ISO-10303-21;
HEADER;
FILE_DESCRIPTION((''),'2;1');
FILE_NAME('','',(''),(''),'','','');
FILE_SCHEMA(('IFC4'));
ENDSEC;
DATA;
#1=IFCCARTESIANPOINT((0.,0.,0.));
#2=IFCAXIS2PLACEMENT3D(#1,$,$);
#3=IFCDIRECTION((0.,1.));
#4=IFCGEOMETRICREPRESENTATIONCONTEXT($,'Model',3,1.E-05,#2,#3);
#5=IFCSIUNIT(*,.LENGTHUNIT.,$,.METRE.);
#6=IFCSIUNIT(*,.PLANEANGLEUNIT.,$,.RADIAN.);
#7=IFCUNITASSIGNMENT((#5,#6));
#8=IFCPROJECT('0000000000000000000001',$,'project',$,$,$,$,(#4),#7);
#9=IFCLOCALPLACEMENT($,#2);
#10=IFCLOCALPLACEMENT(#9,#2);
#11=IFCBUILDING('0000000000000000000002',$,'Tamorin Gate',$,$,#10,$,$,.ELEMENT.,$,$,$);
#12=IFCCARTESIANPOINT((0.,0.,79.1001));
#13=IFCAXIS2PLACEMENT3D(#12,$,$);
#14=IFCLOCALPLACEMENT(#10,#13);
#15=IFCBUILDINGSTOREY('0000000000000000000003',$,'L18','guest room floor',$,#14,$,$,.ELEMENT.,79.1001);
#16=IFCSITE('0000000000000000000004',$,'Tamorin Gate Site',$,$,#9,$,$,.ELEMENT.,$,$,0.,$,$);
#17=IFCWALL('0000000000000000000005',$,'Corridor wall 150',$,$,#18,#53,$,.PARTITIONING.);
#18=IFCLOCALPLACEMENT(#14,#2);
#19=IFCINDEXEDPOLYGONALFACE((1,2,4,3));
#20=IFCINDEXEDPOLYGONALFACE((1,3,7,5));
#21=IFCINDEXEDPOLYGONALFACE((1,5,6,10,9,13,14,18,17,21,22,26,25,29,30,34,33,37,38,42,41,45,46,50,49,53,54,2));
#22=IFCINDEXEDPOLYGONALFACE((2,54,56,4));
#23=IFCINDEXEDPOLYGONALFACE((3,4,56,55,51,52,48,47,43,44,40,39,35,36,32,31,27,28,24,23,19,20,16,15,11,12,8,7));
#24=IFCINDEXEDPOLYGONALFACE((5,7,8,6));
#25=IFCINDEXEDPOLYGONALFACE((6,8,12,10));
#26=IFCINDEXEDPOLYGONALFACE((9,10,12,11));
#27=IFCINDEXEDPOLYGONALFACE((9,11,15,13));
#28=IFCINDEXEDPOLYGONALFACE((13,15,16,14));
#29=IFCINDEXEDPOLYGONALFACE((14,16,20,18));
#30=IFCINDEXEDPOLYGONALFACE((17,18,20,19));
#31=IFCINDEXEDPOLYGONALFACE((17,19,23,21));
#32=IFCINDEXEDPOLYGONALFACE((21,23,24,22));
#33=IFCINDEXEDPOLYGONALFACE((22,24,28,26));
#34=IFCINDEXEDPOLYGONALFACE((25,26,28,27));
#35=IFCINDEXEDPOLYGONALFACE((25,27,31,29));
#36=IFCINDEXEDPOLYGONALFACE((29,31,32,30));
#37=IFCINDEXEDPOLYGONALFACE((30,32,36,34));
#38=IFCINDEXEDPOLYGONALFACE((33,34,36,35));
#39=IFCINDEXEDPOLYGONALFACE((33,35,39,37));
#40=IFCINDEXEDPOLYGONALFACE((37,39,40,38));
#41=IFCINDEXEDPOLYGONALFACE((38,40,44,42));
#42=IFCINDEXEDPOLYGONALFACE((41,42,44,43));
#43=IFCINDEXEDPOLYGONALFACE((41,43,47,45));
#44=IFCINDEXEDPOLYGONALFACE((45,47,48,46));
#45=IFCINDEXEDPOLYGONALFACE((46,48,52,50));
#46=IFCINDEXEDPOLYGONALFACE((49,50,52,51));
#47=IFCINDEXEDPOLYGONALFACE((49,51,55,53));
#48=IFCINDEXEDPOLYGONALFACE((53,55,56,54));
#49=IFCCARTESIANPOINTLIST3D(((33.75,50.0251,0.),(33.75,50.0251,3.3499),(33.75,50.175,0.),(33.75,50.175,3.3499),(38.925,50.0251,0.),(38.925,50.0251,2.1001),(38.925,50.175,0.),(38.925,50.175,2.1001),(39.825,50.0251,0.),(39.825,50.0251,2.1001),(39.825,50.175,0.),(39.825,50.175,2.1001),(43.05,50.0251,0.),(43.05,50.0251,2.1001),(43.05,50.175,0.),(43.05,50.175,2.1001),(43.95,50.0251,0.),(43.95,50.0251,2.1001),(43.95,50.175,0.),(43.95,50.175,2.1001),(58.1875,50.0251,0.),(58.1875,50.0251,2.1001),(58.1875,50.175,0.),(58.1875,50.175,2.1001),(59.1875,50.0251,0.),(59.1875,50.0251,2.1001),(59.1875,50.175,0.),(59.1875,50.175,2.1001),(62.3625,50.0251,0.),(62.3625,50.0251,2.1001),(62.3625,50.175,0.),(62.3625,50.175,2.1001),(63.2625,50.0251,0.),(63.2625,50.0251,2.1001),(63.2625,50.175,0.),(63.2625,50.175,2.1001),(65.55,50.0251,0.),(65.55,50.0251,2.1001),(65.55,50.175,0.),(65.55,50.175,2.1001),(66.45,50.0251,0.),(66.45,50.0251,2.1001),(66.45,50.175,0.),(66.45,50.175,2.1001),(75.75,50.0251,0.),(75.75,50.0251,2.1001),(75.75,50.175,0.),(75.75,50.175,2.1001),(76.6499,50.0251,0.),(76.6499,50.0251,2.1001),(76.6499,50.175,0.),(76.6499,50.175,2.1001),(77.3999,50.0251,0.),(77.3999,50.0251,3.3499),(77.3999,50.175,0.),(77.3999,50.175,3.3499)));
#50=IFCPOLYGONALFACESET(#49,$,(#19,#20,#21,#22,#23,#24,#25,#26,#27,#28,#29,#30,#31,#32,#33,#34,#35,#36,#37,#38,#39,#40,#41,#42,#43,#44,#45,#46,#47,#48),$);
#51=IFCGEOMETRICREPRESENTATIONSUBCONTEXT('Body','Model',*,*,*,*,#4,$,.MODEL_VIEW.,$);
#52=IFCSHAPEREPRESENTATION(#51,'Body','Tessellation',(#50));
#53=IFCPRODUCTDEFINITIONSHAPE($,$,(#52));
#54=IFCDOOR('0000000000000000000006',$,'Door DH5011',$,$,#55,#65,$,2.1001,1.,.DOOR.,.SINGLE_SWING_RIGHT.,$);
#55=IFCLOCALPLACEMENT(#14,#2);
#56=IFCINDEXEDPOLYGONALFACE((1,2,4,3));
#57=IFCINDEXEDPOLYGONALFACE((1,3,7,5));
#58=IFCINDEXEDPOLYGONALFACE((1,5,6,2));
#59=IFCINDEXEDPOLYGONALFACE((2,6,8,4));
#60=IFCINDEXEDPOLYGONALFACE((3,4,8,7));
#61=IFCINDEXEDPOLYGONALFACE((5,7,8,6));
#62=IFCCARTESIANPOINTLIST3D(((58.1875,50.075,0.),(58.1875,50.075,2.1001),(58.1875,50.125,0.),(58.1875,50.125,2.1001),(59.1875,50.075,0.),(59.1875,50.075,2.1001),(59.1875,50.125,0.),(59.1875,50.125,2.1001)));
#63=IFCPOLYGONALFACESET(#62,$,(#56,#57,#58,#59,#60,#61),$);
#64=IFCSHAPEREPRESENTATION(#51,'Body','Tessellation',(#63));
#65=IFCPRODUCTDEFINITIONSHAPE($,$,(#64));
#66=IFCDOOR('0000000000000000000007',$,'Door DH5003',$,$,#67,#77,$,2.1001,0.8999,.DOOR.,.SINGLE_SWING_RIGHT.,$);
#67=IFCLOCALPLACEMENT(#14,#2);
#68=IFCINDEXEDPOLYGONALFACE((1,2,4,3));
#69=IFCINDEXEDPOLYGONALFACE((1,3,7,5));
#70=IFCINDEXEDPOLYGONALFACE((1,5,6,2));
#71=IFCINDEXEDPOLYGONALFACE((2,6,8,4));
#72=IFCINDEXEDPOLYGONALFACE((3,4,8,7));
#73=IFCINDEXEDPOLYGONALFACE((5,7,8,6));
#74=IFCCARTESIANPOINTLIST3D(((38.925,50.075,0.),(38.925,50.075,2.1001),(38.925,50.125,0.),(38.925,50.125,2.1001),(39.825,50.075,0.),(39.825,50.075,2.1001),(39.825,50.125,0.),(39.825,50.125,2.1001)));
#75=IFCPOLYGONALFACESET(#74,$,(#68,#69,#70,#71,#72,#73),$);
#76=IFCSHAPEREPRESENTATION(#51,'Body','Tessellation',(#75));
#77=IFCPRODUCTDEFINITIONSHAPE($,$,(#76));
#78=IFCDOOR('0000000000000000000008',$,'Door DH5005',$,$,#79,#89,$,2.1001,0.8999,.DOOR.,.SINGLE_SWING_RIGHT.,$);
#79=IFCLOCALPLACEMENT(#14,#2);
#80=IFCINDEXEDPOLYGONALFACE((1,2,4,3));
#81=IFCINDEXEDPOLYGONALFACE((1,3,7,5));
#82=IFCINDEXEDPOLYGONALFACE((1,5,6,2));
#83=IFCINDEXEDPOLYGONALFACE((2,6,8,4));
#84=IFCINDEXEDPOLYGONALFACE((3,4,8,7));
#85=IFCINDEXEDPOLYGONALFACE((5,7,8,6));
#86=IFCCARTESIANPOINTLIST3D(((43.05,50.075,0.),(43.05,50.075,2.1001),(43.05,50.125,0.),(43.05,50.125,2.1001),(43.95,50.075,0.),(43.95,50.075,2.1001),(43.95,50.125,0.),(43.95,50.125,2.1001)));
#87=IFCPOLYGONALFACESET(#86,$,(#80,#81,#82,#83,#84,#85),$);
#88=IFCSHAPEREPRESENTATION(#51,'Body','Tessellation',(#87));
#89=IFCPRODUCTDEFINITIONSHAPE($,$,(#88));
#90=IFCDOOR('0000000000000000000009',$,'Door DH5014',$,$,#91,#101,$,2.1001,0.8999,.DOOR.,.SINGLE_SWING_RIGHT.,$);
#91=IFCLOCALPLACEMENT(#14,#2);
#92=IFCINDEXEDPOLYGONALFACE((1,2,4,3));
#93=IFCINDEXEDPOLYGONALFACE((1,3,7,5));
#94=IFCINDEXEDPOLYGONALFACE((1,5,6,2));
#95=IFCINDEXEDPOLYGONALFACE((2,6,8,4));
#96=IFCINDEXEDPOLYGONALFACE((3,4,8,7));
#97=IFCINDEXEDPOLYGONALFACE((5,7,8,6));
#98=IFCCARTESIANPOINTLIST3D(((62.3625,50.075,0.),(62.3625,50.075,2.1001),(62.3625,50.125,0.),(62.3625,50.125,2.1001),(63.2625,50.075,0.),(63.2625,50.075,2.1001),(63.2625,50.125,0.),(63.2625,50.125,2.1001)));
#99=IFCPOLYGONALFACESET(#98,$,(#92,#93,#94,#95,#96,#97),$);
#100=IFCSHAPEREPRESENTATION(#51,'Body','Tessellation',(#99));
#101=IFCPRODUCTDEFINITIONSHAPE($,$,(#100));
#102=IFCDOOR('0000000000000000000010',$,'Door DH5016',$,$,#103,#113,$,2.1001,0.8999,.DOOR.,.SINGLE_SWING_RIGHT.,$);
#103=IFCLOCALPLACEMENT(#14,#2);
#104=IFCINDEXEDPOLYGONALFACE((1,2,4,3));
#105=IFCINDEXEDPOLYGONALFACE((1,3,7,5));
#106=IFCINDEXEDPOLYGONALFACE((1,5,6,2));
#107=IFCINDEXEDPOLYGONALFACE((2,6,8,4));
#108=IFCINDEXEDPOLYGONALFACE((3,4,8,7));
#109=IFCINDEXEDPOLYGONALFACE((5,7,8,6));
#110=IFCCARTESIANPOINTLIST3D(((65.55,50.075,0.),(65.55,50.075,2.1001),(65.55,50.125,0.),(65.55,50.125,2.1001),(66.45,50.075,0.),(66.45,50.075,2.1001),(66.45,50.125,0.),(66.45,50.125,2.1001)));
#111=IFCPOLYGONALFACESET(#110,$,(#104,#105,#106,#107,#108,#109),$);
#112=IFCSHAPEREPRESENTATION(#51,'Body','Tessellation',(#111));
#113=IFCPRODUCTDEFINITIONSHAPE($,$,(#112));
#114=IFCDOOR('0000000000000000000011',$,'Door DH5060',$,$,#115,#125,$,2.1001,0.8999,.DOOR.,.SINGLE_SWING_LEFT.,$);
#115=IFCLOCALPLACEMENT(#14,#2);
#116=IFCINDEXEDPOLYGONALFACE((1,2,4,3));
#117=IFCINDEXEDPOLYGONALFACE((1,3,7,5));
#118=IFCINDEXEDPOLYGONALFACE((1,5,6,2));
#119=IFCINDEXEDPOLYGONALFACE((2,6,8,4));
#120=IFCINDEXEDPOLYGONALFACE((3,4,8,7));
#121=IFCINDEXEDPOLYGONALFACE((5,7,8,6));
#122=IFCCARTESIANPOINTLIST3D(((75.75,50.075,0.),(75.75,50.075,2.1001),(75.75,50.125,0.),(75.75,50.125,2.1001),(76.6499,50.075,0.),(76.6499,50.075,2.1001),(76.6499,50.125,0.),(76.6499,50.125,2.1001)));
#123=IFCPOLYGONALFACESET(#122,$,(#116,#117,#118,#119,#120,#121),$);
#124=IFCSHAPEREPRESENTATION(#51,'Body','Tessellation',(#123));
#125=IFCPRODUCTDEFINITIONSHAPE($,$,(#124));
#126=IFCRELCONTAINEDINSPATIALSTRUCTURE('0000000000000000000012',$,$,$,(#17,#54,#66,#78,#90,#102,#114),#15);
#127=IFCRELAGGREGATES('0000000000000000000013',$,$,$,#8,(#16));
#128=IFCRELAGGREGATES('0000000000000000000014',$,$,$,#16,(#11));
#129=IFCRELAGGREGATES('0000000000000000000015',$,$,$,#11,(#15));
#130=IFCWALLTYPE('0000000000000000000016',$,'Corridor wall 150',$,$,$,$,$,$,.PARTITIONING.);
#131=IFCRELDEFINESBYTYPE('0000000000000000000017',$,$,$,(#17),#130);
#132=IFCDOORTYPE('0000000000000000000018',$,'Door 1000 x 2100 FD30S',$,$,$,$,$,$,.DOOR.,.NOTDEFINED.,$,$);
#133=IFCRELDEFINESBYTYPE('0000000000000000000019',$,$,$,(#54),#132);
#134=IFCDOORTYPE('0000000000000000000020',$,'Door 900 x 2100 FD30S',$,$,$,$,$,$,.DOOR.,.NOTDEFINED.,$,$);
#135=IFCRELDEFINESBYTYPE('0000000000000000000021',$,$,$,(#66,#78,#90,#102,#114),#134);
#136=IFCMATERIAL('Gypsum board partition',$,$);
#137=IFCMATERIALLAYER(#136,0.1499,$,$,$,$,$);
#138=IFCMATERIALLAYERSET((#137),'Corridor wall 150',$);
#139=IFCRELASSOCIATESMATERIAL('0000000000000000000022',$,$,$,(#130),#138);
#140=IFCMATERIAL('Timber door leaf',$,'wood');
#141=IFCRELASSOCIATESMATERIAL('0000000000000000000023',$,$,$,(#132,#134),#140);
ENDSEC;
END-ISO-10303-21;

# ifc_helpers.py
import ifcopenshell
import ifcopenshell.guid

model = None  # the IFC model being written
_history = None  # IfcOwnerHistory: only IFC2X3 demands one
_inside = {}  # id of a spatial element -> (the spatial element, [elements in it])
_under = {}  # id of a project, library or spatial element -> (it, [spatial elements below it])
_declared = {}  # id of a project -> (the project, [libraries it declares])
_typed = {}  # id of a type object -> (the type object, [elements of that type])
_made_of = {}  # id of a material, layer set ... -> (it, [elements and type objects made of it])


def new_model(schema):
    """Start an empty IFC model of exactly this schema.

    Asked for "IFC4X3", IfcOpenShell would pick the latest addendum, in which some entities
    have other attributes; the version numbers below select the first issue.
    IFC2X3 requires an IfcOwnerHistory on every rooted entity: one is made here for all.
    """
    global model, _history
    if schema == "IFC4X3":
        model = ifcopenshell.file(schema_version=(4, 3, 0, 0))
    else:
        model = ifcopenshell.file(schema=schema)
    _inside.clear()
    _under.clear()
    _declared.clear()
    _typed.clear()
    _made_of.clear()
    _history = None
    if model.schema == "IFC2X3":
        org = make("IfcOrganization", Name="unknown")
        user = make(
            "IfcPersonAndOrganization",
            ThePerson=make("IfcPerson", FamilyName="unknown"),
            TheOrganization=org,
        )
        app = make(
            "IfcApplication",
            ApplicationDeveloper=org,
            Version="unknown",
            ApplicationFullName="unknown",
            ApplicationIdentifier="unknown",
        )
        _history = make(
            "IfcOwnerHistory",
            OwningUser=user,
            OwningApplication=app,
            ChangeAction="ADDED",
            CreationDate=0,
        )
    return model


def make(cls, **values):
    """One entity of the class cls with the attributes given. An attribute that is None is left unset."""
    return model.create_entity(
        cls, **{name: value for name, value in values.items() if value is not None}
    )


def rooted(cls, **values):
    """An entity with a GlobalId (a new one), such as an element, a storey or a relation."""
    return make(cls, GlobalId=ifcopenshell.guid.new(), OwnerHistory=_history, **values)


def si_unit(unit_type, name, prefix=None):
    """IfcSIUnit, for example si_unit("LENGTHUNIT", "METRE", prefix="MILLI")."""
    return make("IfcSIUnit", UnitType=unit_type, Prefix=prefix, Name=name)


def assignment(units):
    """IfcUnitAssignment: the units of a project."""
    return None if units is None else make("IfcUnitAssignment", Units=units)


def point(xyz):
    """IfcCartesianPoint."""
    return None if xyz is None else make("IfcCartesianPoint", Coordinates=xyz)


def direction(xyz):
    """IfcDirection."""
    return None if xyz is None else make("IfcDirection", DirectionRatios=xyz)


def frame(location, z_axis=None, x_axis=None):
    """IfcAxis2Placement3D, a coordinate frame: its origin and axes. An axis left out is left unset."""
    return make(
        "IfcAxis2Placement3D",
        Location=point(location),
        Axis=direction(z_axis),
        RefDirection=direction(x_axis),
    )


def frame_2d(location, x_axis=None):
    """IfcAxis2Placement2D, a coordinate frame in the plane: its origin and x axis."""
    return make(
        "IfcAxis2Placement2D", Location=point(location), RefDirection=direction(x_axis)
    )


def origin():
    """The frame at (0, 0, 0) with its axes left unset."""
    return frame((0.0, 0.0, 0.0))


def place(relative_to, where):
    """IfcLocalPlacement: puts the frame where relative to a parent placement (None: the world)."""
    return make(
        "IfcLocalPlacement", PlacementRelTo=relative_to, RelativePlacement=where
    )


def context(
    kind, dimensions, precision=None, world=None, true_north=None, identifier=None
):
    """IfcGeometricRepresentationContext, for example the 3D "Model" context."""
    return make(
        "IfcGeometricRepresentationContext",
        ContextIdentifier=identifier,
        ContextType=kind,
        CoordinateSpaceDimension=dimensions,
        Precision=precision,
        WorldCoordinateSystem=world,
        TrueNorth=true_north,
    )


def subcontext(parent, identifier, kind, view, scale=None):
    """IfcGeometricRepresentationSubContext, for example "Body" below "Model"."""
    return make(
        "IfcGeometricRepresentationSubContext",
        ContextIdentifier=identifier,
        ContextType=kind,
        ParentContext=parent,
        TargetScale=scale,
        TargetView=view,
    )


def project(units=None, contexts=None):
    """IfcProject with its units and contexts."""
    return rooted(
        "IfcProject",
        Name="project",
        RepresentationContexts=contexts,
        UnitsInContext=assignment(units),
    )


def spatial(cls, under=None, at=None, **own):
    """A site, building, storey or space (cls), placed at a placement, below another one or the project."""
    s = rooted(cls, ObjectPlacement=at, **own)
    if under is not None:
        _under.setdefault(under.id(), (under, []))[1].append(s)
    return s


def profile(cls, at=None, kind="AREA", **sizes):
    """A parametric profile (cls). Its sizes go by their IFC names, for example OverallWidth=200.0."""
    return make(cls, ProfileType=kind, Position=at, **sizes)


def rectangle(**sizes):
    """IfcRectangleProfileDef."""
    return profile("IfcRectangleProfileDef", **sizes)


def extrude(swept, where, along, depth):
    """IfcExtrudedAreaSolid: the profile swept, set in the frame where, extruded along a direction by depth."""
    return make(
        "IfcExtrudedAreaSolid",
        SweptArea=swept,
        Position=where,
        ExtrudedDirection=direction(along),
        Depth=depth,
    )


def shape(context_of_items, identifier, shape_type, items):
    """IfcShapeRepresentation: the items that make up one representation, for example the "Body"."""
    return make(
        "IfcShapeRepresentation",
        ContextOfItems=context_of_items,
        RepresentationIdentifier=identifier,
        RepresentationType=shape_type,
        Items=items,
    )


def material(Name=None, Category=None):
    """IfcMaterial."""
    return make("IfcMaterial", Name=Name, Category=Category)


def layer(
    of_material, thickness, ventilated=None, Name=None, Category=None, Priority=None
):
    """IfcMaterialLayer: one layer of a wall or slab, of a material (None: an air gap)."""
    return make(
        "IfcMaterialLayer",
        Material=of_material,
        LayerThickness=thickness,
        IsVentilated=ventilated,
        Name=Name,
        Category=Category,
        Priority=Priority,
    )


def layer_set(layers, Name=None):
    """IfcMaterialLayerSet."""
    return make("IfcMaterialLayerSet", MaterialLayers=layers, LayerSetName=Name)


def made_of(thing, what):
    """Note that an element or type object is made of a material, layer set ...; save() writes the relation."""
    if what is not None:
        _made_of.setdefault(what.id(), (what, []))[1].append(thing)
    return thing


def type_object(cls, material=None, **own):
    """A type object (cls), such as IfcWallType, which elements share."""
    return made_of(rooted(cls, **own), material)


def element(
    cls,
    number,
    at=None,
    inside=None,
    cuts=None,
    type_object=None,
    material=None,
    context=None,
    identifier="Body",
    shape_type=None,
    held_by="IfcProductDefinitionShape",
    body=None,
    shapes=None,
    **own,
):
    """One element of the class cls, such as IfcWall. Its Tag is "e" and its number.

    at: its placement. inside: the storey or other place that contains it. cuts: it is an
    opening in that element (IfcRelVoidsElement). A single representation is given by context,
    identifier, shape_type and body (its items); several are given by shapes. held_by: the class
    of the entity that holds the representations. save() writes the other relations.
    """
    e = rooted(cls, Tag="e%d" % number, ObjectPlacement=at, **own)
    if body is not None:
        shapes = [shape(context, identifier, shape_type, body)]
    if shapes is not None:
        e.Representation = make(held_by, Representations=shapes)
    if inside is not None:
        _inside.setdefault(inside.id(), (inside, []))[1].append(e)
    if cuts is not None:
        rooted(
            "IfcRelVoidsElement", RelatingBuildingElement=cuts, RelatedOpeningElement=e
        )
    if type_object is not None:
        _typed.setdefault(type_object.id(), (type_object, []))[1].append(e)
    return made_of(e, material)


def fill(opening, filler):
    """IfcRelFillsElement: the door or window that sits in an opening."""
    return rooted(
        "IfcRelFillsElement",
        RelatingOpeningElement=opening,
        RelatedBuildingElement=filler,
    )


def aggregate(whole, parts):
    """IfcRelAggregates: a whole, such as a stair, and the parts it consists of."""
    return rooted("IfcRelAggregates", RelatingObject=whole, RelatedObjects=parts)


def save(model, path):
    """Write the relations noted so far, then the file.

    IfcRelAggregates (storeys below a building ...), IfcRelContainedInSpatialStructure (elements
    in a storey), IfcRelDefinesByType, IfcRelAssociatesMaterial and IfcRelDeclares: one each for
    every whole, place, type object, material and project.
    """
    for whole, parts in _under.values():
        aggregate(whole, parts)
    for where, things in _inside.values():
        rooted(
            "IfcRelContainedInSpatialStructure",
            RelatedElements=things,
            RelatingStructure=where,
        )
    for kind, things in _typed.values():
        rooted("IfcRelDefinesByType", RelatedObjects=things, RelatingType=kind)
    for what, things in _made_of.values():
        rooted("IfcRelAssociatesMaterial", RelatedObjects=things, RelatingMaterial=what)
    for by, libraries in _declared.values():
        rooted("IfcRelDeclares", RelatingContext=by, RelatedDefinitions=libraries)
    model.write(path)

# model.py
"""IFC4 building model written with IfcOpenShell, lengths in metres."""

from ifc_helpers import new_model, si_unit, direction, frame, frame_2d, origin, place, context, subcontext, project, spatial, rectangle, extrude, material, layer, layer_set, type_object, element, fill, save


model = new_model("IFC4")

# Units and contexts
model_context = context("Model", 3, precision=1e-05, world=origin(), true_north=direction((0.0, 1.0)))
body_context = subcontext(model_context, "Body", "Model", "MODEL_VIEW")
ifc_project = project(units=[si_unit("LENGTHUNIT", "METRE"), si_unit("PLANEANGLEUNIT", "RADIAN")], contexts=[model_context])

# Site, building, storey
site_placement = place(None, origin())
site = spatial("IfcSite", under=ifc_project, at=site_placement, Name="Tamorin Gate Site", CompositionType="ELEMENT", RefElevation=0.0)
building_placement = place(site_placement, origin())
building = spatial("IfcBuilding", under=site, at=building_placement, Name="Tamorin Gate", CompositionType="ELEMENT")
storey_placement = place(building_placement, frame((0.0, 0.0, 79.1001)))
storey = spatial("IfcBuildingStorey", under=building, at=storey_placement, Name="L18", Description="guest room floor", CompositionType="ELEMENT", Elevation=79.1001)

# Wall, openings, doors
ifc_material_1 = material(Name="Gypsum board partition")
ifc_layer_1 = layer(ifc_material_1, 0.1499)
ifc_layer_set_1 = layer_set([ifc_layer_1], Name="Corridor wall 150")
wall_type_1 = type_object("IfcWallType", Name="Corridor wall 150", PredefinedType="PARTITIONING", material=ifc_layer_set_1)
wall_1_placement = place(storey_placement, frame((33.75, 50.1001, 0.0), z_axis=(0.0, 0.0, 1.0), x_axis=(1.0, 0.0, 0.0)))
wall_1 = element("IfcWall", 1, at=wall_1_placement, inside=storey, type_object=wall_type_1, Name="Corridor wall 150", PredefinedType="PARTITIONING", context=body_context, shape_type="SweptSolid", body=[
    extrude(rectangle(XDim=43.6499, YDim=0.1499, at=frame_2d((21.825, 0.0))), origin(), (0.0, 0.0, 1.0), 3.3499),
])
opening_1_placement = place(wall_1_placement, frame((5.175, 0.0, 0.0)))
opening_1 = element("IfcOpeningElement", 2, at=opening_1_placement, cuts=wall_1, PredefinedType="OPENING", context=body_context, shape_type="SweptSolid", body=[
    extrude(rectangle(XDim=0.8999, YDim=2.1001, at=frame_2d((0.45, 1.05))), frame((0.0, 0.085, 0.0), z_axis=(0.0, -1.0, 0.0), x_axis=(1.0, 0.0, 0.0)), (0.0, 0.0, 1.0), 0.1699),
])
opening_2_placement = place(wall_1_placement, frame((9.3, 0.0, 0.0)))
opening_2 = element("IfcOpeningElement", 3, at=opening_2_placement, cuts=wall_1, PredefinedType="OPENING", context=body_context, shape_type="SweptSolid", body=[
    extrude(rectangle(XDim=0.8999, YDim=2.1001, at=frame_2d((0.45, 1.05))), frame((0.0, 0.085, 0.0), z_axis=(0.0, -1.0, 0.0), x_axis=(1.0, 0.0, 0.0)), (0.0, 0.0, 1.0), 0.1699),
])
opening_3_placement = place(wall_1_placement, frame((24.4375, 0.0, 0.0)))
opening_3 = element("IfcOpeningElement", 4, at=opening_3_placement, cuts=wall_1, PredefinedType="OPENING", context=body_context, shape_type="SweptSolid", body=[
    extrude(rectangle(XDim=1.0, YDim=2.1001, at=frame_2d((0.5, 1.05))), frame((0.0, 0.085, 0.0), z_axis=(0.0, -1.0, 0.0), x_axis=(1.0, 0.0, 0.0)), (0.0, 0.0, 1.0), 0.1699),
])
opening_4_placement = place(wall_1_placement, frame((28.6125, 0.0, 0.0)))
opening_4 = element("IfcOpeningElement", 5, at=opening_4_placement, cuts=wall_1, PredefinedType="OPENING", context=body_context, shape_type="SweptSolid", body=[
    extrude(rectangle(XDim=0.8999, YDim=2.1001, at=frame_2d((0.45, 1.05))), frame((0.0, 0.085, 0.0), z_axis=(0.0, -1.0, 0.0), x_axis=(1.0, 0.0, 0.0)), (0.0, 0.0, 1.0), 0.1699),
])
opening_5_placement = place(wall_1_placement, frame((31.8, 0.0, 0.0)))
opening_5 = element("IfcOpeningElement", 6, at=opening_5_placement, cuts=wall_1, PredefinedType="OPENING", context=body_context, shape_type="SweptSolid", body=[
    extrude(rectangle(XDim=0.8999, YDim=2.1001, at=frame_2d((0.45, 1.05))), frame((0.0, 0.085, 0.0), z_axis=(0.0, -1.0, 0.0), x_axis=(1.0, 0.0, 0.0)), (0.0, 0.0, 1.0), 0.1699),
])
opening_6_placement = place(wall_1_placement, frame((42.0, 0.0, 0.0)))
opening_6 = element("IfcOpeningElement", 7, at=opening_6_placement, cuts=wall_1, PredefinedType="OPENING", context=body_context, shape_type="SweptSolid", body=[
    extrude(rectangle(XDim=0.8999, YDim=2.1001, at=frame_2d((0.45, 1.05))), frame((0.0, 0.085, 0.0), z_axis=(0.0, -1.0, 0.0), x_axis=(1.0, 0.0, 0.0)), (0.0, 0.0, 1.0), 0.1699),
])
ifc_material_2 = material(Name="Timber door leaf", Category="wood")
door_type_1 = type_object("IfcDoorType", Name="Door 1000 x 2100 FD30S", OperationType="NOTDEFINED", PredefinedType="DOOR", material=ifc_material_2)
door_1_placement = place(opening_3_placement, origin())
door_1 = element("IfcDoor", 8, at=door_1_placement, inside=storey, type_object=door_type_1, Name="Door DH5011", OperationType="SINGLE_SWING_RIGHT", OverallHeight=2.1001, OverallWidth=1.0, PredefinedType="DOOR", context=body_context, shape_type="SweptSolid", body=[
    extrude(rectangle(XDim=1.0, YDim=2.1001, at=frame_2d((0.5, 1.05))), frame((0.0, 0.0249, 0.0), z_axis=(0.0, -1.0, 0.0), x_axis=(1.0, 0.0, 0.0)), (0.0, 0.0, 1.0), 0.05),
])
fill(opening_3, door_1)
door_type_2 = type_object("IfcDoorType", Name="Door 900 x 2100 FD30S", OperationType="NOTDEFINED", PredefinedType="DOOR", material=ifc_material_2)
door_2_placement = place(opening_1_placement, origin())
door_2 = element("IfcDoor", 9, at=door_2_placement, inside=storey, type_object=door_type_2, Name="Door DH5003", OperationType="SINGLE_SWING_RIGHT", OverallHeight=2.1001, OverallWidth=0.8999, PredefinedType="DOOR", context=body_context, shape_type="SweptSolid", body=[
    extrude(rectangle(XDim=0.8999, YDim=2.1001, at=frame_2d((0.45, 1.05))), frame((0.0, 0.0249, 0.0), z_axis=(0.0, -1.0, 0.0), x_axis=(1.0, 0.0, 0.0)), (0.0, 0.0, 1.0), 0.05),
])
fill(opening_1, door_2)
door_3_placement = place(opening_2_placement, origin())
door_3 = element("IfcDoor", 10, at=door_3_placement, inside=storey, type_object=door_type_2, Name="Door DH5005", OperationType="SINGLE_SWING_RIGHT", OverallHeight=2.1001, OverallWidth=0.8999, PredefinedType="DOOR", context=body_context, shape_type="SweptSolid", body=[
    extrude(rectangle(XDim=0.8999, YDim=2.1001, at=frame_2d((0.45, 1.05))), frame((0.0, 0.0249, 0.0), z_axis=(0.0, -1.0, 0.0), x_axis=(1.0, 0.0, 0.0)), (0.0, 0.0, 1.0), 0.05),
])
fill(opening_2, door_3)
door_4_placement = place(opening_4_placement, origin())
door_4 = element("IfcDoor", 11, at=door_4_placement, inside=storey, type_object=door_type_2, Name="Door DH5014", OperationType="SINGLE_SWING_RIGHT", OverallHeight=2.1001, OverallWidth=0.8999, PredefinedType="DOOR", context=body_context, shape_type="SweptSolid", body=[
    extrude(rectangle(XDim=0.8999, YDim=2.1001, at=frame_2d((0.45, 1.05))), frame((0.0, 0.0249, 0.0), z_axis=(0.0, -1.0, 0.0), x_axis=(1.0, 0.0, 0.0)), (0.0, 0.0, 1.0), 0.05),
])
fill(opening_4, door_4)
door_5_placement = place(opening_5_placement, origin())
door_5 = element("IfcDoor", 12, at=door_5_placement, inside=storey, type_object=door_type_2, Name="Door DH5016", OperationType="SINGLE_SWING_RIGHT", OverallHeight=2.1001, OverallWidth=0.8999, PredefinedType="DOOR", context=body_context, shape_type="SweptSolid", body=[
    extrude(rectangle(XDim=0.8999, YDim=2.1001, at=frame_2d((0.45, 1.05))), frame((0.0, 0.0249, 0.0), z_axis=(0.0, -1.0, 0.0), x_axis=(1.0, 0.0, 0.0)), (0.0, 0.0, 1.0), 0.05),
])
fill(opening_5, door_5)
door_6_placement = place(opening_6_placement, origin())
door_6 = element("IfcDoor", 13, at=door_6_placement, inside=storey, type_object=door_type_2, Name="Door DH5060", OperationType="SINGLE_SWING_LEFT", OverallHeight=2.1001, OverallWidth=0.8999, PredefinedType="DOOR", context=body_context, shape_type="SweptSolid", body=[
    extrude(rectangle(XDim=0.8999, YDim=2.1001, at=frame_2d((0.45, 1.05))), frame((0.0, 0.0249, 0.0), z_axis=(0.0, -1.0, 0.0), x_axis=(1.0, 0.0, 0.0)), (0.0, 0.0, 1.0), 0.05),
])
fill(opening_6, door_6)

save(model, "model.ifc")
